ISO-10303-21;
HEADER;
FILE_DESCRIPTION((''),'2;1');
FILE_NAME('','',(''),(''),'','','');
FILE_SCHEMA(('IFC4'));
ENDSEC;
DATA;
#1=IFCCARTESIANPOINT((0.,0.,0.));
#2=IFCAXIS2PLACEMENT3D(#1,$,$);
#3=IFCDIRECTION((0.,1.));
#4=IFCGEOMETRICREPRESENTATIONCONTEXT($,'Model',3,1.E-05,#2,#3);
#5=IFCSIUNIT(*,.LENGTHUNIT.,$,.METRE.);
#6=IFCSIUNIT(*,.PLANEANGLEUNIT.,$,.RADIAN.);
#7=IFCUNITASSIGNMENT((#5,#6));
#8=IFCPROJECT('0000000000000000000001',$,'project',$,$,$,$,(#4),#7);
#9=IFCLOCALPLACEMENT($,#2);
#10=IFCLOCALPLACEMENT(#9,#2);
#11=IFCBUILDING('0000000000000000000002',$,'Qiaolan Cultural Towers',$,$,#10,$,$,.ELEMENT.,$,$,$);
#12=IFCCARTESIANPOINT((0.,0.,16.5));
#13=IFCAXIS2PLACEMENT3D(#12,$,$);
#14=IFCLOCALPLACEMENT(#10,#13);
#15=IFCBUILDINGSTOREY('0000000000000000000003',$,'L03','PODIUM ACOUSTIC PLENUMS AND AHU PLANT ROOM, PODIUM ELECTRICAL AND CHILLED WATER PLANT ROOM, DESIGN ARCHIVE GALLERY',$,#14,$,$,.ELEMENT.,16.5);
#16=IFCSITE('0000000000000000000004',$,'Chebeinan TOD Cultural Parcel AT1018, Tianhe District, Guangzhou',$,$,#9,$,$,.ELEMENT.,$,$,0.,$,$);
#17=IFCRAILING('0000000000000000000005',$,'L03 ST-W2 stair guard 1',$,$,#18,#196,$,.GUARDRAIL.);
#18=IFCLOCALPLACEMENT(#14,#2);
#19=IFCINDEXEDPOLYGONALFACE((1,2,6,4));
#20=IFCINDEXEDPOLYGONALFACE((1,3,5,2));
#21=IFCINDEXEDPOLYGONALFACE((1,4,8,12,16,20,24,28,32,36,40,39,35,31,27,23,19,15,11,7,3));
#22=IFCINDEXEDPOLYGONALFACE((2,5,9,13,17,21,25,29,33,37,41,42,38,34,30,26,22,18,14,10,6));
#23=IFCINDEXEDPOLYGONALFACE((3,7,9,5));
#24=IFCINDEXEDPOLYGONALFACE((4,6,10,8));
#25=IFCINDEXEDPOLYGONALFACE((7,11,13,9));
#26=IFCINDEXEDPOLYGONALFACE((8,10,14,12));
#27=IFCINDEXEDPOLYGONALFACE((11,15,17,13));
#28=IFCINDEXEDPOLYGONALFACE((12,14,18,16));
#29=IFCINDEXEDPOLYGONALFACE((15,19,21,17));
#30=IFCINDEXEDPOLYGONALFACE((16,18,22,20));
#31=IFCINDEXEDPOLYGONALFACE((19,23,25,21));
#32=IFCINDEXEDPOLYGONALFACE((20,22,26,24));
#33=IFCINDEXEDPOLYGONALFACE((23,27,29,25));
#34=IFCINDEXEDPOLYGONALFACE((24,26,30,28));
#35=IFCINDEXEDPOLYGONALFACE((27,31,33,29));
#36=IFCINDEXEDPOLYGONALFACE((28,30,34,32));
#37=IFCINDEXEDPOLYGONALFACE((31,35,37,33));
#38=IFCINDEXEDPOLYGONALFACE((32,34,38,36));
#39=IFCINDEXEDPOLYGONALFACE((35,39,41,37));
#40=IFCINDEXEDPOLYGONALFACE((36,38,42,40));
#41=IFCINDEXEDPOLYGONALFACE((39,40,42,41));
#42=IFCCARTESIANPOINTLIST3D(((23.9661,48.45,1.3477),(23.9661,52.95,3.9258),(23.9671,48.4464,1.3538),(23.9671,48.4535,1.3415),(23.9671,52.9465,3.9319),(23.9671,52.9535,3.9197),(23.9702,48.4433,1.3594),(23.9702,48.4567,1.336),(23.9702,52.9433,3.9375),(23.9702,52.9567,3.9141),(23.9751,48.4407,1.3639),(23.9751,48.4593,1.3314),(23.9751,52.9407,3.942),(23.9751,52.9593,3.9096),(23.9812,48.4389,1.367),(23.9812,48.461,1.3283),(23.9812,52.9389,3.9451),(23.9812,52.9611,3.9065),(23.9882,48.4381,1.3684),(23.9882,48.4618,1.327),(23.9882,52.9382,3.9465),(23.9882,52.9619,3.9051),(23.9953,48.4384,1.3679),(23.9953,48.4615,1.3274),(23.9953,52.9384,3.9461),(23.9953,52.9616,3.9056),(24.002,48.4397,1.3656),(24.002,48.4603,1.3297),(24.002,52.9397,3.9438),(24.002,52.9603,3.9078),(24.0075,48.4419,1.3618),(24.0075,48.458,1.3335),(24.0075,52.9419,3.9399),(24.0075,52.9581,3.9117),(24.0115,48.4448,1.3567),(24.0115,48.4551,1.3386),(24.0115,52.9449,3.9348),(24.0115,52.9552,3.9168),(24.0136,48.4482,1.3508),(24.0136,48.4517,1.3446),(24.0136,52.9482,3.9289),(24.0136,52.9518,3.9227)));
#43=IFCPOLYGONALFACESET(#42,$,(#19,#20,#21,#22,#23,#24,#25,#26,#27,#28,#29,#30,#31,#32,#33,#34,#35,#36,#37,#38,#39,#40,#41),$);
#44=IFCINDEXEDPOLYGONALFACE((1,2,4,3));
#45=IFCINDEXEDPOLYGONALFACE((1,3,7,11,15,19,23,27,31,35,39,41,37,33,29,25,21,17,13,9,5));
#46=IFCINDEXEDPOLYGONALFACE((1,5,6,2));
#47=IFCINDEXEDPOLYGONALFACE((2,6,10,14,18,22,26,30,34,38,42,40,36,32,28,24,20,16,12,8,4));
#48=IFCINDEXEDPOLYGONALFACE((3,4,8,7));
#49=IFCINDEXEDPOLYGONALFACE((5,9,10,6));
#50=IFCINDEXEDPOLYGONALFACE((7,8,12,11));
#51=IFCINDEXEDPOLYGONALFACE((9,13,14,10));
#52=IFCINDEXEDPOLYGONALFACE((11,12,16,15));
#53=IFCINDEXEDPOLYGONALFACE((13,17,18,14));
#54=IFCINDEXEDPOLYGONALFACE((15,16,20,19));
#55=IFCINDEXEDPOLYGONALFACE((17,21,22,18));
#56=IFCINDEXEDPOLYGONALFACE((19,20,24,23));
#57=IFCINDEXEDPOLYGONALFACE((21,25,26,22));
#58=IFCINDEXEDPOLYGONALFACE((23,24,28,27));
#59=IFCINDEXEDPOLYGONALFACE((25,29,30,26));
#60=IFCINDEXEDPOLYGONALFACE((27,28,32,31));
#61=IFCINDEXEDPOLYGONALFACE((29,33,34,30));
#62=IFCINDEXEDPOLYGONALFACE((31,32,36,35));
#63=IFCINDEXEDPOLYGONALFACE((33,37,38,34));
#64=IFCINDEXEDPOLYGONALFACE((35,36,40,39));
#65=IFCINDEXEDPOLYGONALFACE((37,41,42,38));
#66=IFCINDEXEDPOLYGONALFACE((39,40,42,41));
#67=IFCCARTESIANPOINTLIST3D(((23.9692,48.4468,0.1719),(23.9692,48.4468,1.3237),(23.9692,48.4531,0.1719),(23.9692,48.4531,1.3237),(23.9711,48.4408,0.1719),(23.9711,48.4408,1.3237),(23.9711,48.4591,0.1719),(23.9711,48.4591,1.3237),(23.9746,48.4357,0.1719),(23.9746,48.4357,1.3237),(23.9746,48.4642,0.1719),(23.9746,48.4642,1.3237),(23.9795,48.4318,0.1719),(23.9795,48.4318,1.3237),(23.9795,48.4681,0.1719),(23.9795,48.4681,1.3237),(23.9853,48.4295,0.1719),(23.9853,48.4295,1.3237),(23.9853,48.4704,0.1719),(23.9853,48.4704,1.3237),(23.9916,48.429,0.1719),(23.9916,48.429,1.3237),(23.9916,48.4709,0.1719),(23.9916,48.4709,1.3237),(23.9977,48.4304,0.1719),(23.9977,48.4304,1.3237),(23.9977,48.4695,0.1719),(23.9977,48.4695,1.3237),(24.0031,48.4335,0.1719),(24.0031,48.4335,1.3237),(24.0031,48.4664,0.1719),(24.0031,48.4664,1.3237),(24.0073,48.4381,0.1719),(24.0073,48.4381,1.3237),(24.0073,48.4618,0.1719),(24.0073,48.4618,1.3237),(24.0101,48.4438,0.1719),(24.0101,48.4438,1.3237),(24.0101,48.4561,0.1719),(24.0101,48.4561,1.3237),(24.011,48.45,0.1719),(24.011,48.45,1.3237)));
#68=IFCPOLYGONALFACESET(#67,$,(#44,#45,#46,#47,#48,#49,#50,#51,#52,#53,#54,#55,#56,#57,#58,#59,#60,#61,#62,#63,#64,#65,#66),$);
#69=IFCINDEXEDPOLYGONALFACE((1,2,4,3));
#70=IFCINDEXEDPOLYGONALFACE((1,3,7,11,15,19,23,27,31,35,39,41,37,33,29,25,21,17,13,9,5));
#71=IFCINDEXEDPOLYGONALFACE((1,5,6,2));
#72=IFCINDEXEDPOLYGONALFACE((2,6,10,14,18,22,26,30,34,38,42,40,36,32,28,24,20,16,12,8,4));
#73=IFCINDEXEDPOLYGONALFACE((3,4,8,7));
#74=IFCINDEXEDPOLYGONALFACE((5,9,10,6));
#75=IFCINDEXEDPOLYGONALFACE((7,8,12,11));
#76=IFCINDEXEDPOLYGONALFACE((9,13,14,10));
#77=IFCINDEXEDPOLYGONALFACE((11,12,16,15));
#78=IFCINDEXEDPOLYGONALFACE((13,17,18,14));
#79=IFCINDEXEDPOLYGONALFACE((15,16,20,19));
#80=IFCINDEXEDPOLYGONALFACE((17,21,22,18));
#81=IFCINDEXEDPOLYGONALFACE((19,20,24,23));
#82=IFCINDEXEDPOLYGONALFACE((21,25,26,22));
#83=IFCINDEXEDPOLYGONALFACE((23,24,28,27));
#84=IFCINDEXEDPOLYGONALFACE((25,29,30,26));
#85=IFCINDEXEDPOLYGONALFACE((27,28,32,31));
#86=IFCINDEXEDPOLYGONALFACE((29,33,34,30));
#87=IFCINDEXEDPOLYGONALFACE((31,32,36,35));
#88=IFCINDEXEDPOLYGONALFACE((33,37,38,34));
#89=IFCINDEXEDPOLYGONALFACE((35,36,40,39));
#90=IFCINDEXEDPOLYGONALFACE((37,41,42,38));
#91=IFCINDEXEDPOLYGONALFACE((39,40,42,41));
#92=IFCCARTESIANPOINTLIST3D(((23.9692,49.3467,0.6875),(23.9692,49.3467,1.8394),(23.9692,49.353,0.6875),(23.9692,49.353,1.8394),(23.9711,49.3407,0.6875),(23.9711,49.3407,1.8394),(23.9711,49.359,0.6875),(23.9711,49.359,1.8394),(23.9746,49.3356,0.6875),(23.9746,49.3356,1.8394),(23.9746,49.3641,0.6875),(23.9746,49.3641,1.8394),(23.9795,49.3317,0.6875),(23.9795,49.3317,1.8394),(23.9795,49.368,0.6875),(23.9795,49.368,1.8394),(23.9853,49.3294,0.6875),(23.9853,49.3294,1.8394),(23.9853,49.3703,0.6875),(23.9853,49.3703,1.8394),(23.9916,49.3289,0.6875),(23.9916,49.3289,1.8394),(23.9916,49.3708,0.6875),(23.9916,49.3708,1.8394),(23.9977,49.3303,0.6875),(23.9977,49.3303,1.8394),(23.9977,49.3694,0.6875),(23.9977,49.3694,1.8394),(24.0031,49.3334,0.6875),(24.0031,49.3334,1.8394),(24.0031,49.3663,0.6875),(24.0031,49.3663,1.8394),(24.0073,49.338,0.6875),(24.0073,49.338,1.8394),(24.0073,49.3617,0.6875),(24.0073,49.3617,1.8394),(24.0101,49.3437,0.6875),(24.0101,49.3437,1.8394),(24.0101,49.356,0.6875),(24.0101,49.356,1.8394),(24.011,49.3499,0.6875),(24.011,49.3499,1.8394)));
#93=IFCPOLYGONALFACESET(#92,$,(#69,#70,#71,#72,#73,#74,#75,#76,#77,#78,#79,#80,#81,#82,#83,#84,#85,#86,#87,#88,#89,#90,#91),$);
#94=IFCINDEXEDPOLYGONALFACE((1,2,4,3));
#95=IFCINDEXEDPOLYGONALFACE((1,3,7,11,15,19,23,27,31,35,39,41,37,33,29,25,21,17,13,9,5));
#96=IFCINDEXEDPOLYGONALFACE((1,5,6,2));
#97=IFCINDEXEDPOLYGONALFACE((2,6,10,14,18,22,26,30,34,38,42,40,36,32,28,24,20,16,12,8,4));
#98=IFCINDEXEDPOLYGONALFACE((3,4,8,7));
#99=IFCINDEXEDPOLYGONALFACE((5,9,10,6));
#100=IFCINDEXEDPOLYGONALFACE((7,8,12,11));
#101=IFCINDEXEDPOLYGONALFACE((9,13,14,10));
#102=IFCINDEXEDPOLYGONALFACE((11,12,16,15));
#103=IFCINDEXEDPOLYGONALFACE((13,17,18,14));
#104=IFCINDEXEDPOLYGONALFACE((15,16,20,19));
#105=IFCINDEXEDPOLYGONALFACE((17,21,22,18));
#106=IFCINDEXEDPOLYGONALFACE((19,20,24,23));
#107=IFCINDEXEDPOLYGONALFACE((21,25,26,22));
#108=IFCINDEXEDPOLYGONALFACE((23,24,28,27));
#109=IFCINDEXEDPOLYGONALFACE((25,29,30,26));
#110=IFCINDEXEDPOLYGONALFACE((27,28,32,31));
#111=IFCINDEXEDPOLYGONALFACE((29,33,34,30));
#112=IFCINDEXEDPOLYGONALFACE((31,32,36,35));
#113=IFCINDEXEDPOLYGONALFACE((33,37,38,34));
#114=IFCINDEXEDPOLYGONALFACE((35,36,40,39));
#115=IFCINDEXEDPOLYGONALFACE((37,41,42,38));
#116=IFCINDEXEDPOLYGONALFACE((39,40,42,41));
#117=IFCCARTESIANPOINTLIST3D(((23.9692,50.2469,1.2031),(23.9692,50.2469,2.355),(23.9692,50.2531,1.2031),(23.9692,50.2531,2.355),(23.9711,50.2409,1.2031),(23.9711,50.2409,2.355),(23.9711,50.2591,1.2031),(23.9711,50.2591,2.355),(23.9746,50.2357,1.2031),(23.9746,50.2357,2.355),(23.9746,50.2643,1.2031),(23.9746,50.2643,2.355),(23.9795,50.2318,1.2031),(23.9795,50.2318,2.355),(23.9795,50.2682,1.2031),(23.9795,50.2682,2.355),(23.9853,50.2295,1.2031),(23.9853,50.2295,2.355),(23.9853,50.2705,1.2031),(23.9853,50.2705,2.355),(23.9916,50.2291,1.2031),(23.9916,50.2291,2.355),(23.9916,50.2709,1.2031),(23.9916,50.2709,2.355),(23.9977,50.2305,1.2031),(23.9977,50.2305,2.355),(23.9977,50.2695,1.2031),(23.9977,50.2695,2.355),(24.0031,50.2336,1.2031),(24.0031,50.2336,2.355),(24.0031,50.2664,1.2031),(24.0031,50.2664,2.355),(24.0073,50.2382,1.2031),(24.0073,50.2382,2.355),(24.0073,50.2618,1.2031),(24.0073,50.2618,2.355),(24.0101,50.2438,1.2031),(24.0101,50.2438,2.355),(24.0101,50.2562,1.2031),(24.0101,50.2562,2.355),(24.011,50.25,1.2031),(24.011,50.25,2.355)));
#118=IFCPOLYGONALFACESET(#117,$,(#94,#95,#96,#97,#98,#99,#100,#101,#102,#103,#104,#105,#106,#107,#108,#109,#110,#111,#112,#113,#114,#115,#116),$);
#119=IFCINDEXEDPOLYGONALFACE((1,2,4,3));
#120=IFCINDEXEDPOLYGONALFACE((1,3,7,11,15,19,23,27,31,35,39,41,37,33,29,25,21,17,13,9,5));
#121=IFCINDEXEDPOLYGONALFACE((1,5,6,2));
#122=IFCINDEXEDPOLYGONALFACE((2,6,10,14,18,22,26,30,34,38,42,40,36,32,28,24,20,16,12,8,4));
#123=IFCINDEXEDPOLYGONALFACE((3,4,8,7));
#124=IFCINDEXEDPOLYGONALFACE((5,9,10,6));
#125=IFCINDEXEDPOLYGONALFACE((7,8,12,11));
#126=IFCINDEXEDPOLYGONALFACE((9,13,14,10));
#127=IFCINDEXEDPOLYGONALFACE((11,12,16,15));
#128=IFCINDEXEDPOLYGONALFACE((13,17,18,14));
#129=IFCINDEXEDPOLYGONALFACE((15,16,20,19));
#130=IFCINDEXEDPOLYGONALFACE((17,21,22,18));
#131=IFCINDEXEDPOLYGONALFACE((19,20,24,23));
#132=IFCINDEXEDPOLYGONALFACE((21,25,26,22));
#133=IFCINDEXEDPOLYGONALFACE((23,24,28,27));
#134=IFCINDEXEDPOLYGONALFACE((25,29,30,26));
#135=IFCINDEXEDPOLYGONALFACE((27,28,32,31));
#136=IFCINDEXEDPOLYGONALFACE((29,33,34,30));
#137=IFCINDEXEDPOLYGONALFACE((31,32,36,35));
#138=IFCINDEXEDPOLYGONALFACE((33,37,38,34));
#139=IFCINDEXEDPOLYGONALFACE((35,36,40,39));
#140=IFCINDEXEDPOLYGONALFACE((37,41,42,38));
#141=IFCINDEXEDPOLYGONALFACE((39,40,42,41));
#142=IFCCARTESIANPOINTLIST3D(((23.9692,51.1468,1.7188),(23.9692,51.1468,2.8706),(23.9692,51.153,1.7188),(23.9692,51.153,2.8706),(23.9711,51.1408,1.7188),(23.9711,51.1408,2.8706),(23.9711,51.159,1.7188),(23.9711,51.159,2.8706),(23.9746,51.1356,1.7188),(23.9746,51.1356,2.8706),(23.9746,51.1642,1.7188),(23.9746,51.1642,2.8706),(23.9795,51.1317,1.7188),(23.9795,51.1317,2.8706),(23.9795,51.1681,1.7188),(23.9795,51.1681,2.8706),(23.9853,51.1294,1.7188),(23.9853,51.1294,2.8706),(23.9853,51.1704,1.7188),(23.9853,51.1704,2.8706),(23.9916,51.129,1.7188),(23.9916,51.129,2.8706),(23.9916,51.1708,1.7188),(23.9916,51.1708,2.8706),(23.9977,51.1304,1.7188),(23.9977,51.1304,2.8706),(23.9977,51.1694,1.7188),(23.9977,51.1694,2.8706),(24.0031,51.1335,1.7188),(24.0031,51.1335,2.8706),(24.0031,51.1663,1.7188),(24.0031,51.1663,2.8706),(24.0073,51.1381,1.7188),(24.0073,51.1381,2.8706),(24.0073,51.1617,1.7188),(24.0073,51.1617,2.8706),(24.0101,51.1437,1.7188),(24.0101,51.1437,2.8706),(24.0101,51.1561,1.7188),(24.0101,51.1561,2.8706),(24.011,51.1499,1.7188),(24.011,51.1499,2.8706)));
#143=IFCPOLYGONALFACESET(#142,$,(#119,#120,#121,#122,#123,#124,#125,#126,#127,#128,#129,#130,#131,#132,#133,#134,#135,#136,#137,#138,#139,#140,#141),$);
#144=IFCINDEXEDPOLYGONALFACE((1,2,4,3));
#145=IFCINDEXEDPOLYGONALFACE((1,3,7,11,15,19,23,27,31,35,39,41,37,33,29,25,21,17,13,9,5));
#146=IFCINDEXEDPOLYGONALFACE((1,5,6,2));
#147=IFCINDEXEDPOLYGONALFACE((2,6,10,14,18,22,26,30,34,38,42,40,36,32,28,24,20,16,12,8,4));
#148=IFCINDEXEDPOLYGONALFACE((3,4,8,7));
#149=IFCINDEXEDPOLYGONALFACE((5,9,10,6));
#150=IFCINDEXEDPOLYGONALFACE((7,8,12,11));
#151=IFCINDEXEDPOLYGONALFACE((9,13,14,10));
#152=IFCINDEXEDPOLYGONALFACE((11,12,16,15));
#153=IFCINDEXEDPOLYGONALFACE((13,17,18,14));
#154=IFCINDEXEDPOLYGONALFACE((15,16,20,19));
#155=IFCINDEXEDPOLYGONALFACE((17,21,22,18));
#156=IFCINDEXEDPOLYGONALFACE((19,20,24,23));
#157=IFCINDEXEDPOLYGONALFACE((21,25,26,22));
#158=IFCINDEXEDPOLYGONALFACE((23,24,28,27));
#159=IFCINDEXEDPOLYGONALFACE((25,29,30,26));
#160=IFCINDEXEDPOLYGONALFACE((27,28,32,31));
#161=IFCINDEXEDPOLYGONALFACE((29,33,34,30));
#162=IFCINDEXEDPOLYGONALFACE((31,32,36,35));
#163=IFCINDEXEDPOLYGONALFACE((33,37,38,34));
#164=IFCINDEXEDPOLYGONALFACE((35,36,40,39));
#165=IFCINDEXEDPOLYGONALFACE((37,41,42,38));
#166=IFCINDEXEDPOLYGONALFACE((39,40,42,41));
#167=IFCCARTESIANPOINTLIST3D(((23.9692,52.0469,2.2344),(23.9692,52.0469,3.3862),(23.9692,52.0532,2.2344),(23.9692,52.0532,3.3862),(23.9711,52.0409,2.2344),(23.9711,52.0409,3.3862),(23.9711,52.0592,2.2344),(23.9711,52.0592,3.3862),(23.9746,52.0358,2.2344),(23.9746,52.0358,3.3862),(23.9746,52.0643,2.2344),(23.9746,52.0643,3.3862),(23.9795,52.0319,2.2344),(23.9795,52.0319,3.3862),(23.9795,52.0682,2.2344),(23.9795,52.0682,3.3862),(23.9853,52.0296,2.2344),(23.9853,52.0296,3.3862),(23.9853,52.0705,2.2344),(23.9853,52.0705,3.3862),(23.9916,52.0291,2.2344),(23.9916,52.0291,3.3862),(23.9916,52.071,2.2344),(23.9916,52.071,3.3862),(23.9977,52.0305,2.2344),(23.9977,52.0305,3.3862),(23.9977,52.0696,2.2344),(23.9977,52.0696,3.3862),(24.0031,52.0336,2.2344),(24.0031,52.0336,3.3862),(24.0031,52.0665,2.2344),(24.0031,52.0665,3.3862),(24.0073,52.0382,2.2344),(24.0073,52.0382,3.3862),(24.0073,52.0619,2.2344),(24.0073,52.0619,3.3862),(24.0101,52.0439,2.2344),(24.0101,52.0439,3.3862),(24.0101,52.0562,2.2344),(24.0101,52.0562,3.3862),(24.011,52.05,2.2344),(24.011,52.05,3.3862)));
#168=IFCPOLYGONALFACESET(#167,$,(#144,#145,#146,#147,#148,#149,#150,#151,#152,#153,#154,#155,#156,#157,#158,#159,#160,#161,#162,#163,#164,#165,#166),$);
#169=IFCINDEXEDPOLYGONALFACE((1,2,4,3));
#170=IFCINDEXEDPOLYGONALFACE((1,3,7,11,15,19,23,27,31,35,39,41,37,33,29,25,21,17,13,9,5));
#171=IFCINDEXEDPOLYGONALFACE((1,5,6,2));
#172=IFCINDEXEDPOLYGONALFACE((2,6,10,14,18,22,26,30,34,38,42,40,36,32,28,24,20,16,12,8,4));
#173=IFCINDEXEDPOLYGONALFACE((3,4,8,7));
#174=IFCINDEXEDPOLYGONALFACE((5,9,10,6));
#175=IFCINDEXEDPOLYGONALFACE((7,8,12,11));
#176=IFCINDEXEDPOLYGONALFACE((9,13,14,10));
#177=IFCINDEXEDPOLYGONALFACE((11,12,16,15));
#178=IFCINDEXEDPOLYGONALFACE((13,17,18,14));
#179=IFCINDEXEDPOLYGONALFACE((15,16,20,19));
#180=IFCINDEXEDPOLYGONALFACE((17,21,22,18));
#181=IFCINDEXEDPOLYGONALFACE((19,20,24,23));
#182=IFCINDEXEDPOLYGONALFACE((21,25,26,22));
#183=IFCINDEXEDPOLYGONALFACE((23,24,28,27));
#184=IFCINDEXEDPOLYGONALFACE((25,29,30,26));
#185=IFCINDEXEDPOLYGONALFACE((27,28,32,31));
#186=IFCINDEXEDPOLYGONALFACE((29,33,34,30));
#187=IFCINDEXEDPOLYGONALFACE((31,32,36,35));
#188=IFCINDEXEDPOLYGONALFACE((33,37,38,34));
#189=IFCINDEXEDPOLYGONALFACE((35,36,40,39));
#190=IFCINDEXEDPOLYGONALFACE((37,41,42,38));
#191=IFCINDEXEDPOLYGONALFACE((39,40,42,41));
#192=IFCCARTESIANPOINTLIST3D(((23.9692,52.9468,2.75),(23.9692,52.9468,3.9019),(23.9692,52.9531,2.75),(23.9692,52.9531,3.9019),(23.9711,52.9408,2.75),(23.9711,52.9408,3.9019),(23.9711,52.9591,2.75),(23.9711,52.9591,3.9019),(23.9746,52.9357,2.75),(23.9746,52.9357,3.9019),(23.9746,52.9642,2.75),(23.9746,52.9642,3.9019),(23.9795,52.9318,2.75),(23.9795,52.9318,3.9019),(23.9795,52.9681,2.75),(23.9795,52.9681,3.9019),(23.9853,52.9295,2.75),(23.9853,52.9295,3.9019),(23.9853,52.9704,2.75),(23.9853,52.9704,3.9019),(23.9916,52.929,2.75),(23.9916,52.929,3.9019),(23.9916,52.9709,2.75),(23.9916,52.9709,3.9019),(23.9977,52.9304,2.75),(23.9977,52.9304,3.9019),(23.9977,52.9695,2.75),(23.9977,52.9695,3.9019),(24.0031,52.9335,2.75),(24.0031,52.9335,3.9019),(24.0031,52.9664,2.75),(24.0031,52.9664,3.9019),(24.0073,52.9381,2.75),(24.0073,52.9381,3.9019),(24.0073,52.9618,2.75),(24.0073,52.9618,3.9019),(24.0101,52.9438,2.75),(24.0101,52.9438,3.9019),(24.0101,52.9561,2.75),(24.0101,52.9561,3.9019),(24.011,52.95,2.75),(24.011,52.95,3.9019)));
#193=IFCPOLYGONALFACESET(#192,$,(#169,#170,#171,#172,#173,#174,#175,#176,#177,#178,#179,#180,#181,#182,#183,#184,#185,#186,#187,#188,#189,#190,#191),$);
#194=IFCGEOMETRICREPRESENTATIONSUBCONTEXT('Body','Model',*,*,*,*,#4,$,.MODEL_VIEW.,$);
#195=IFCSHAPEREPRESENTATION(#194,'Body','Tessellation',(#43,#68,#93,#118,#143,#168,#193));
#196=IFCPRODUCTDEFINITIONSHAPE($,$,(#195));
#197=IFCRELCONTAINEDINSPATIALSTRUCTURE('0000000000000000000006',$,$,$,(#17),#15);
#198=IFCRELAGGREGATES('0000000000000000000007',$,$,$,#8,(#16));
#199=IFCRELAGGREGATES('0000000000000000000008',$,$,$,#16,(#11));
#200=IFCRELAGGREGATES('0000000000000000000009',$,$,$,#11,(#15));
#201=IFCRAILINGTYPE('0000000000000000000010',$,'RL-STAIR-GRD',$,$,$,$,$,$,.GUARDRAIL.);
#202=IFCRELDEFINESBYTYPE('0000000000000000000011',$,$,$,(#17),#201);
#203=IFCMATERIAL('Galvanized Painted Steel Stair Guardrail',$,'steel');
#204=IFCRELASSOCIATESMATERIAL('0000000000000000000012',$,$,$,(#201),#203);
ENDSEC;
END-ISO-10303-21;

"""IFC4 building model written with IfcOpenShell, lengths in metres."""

from ifc_helpers import new_model, si_unit, direction, frame, origin, origin_2d, place, context, subcontext, project, spatial, circle, extrude, material, type_object, element, save


model = new_model("IFC4")

# Units and contexts
model_context = context("Model", 3, precision=1e-05, world=origin(), true_north=direction((0.0, 1.0)))
body_context = subcontext(model_context, "Body", "Model", "MODEL_VIEW")
ifc_project = project(units=[si_unit("LENGTHUNIT", "METRE"), si_unit("PLANEANGLEUNIT", "RADIAN")], contexts=[model_context])

# Site, building, storey
site_placement = place(None, origin())
site = spatial("IfcSite", under=ifc_project, at=site_placement, Name="Chebeinan TOD Cultural Parcel AT1018, Tianhe District, Guangzhou", CompositionType="ELEMENT", RefElevation=0.0)
building_placement = place(site_placement, origin())
building = spatial("IfcBuilding", under=site, at=building_placement, Name="Qiaolan Cultural Towers", CompositionType="ELEMENT")
storey_placement = place(building_placement, frame((0.0, 0.0, 16.5)))
storey = spatial("IfcBuildingStorey", under=building, at=storey_placement, Name="L03", Description="PODIUM ACOUSTIC PLENUMS AND AHU PLANT ROOM, PODIUM ELECTRICAL AND CHILLED WATER PLANT ROOM, DESIGN ARCHIVE GALLERY", CompositionType="ELEMENT", Elevation=16.5)

# Railing
ifc_material_1 = material(Name="Galvanized Painted Steel Stair Guardrail", Category="steel")
railing_type_1 = type_object("IfcRailingType", Name="RL-STAIR-GRD", PredefinedType="GUARDRAIL", material=ifc_material_1)
railing_1_placement = place(storey_placement, frame((23.99, 48.45, 0.1719)))
element("IfcRailing", 1, at=railing_1_placement, inside=storey, type_object=railing_type_1, Name="L03 ST-W2 stair guard 1", PredefinedType="GUARDRAIL", context=body_context, shape_type="SweptSolid", body=[
    extrude(circle(Radius=0.0239, at=origin_2d()), frame((0.0, 0.0, 1.1758), z_axis=(0.0, 0.867686, 0.497112), x_axis=(-1.0, 0.0, 0.0)), (0.0, 0.0, 1.0), 5.1863),
    extrude(circle(Radius=0.021, at=origin_2d()), origin(), (0.0, 0.0, 1.0), 1.1519),
    extrude(circle(Radius=0.021, at=origin_2d()), frame((0.0, 0.8999, 0.5156)), (0.0, 0.0, 1.0), 1.1519),
    extrude(circle(Radius=0.021, at=origin_2d()), frame((0.0, 1.8, 1.0312)), (0.0, 0.0, 1.0), 1.1519),
    extrude(circle(Radius=0.021, at=origin_2d()), frame((0.0, 2.7, 1.5469)), (0.0, 0.0, 1.0), 1.1519),
    extrude(circle(Radius=0.021, at=origin_2d()), frame((0.0, 3.6001, 2.0625)), (0.0, 0.0, 1.0), 1.1519),
    extrude(circle(Radius=0.021, at=origin_2d()), frame((0.0, 4.5, 2.5781)), (0.0, 0.0, 1.0), 1.1519),
])

save(model, "model.ifc")
